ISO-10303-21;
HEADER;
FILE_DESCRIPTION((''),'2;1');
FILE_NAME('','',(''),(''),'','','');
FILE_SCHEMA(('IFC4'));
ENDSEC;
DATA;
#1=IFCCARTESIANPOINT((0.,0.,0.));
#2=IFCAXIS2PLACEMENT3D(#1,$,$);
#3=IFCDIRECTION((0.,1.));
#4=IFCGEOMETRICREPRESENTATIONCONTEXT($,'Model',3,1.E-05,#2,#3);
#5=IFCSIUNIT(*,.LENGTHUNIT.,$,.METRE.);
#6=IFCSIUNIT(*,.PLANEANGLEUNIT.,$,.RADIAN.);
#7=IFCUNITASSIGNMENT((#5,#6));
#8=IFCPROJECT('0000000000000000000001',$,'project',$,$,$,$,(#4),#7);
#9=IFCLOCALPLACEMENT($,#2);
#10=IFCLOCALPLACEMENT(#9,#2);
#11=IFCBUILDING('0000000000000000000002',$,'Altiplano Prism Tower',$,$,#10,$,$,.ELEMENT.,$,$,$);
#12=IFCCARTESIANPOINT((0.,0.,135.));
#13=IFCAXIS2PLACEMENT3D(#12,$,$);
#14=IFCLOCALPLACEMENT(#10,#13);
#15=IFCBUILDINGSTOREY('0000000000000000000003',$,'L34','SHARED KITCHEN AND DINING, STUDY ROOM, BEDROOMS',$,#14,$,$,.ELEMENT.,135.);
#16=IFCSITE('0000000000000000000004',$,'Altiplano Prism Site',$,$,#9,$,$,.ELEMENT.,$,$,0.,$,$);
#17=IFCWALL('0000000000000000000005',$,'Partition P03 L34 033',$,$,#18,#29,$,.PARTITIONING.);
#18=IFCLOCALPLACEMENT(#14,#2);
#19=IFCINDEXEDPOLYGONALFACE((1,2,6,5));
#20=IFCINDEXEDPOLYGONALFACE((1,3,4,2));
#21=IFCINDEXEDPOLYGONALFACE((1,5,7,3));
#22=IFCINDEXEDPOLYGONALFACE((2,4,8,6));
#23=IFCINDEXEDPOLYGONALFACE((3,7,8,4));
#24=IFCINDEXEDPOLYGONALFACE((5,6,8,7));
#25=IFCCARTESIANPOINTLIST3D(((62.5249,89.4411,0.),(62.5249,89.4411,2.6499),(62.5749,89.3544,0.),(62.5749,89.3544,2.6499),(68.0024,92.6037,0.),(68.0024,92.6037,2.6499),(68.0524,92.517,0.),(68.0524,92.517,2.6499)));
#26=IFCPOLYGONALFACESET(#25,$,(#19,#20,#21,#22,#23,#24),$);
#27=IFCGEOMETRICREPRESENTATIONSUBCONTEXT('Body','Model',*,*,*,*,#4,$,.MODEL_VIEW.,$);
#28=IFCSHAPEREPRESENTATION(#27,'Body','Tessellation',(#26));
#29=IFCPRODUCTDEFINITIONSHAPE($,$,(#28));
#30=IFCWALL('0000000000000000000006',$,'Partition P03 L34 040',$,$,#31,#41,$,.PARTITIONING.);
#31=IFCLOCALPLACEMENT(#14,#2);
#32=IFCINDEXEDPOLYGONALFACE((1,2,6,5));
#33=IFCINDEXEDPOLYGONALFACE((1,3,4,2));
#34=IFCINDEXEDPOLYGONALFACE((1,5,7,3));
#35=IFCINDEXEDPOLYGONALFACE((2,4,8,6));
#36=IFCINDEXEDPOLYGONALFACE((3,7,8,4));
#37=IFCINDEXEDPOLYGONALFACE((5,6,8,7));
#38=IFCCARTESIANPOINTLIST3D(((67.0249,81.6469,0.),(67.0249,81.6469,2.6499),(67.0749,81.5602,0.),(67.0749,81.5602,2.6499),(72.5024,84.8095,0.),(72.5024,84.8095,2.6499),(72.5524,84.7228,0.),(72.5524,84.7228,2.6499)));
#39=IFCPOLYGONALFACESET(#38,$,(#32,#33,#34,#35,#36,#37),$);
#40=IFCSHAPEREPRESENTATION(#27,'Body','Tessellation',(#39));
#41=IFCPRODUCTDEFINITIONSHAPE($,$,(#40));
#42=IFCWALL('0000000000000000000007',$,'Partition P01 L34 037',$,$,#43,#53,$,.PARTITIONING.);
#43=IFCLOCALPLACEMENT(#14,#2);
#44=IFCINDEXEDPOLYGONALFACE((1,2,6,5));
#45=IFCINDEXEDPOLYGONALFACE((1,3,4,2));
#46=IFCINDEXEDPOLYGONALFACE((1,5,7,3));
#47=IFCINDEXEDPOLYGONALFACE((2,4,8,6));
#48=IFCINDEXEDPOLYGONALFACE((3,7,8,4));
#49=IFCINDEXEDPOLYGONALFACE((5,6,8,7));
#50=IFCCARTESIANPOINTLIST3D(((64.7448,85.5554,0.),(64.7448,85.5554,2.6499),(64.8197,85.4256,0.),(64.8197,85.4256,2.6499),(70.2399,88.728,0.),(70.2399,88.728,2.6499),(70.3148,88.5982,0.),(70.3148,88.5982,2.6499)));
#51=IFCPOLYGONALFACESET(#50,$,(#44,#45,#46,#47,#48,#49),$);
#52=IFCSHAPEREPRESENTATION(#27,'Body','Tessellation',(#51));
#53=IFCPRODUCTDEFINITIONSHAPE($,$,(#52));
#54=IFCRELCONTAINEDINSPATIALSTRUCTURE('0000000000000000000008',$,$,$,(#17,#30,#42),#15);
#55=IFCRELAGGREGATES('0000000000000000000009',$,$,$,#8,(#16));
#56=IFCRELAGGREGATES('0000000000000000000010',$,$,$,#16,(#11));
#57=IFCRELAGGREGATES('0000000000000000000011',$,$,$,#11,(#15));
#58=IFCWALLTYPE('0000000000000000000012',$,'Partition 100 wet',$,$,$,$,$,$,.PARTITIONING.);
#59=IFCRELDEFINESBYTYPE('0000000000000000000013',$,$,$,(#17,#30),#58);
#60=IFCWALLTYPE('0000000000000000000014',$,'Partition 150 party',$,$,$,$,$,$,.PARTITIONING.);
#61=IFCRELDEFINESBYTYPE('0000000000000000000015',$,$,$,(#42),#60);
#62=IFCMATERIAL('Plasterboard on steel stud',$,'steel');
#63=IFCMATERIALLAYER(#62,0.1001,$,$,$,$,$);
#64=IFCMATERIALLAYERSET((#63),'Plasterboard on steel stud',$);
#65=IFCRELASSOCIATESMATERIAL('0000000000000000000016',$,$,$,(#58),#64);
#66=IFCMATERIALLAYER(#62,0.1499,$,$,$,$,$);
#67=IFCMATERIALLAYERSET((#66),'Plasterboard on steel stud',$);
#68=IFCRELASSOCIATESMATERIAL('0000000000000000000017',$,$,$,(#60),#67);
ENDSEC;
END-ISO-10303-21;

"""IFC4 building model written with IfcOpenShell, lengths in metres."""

from ifc_helpers import new_model, si_unit, direction, frame, frame_2d, origin, place, context, subcontext, project, spatial, rectangle, extrude, material, layer, layer_set, type_object, element, save


model = new_model("IFC4")

# Units and contexts
model_context = context("Model", 3, precision=1e-05, world=origin(), true_north=direction((0.0, 1.0)))
body_context = subcontext(model_context, "Body", "Model", "MODEL_VIEW")
ifc_project = project(units=[si_unit("LENGTHUNIT", "METRE"), si_unit("PLANEANGLEUNIT", "RADIAN")], contexts=[model_context])

# Site, building, storey
site_placement = place(None, origin())
site = spatial("IfcSite", under=ifc_project, at=site_placement, Name="Altiplano Prism Site", CompositionType="ELEMENT", RefElevation=0.0)
building_placement = place(site_placement, origin())
building = spatial("IfcBuilding", under=site, at=building_placement, Name="Altiplano Prism Tower", CompositionType="ELEMENT")
storey_placement = place(building_placement, frame((0.0, 0.0, 135.0)))
storey = spatial("IfcBuildingStorey", under=building, at=storey_placement, Name="L34", Description="SHARED KITCHEN AND DINING, STUDY ROOM, BEDROOMS", CompositionType="ELEMENT", Elevation=135.0)

# Walls
ifc_material_1 = material(Name="Plasterboard on steel stud", Category="steel")
ifc_layer_1 = layer(ifc_material_1, 0.1001)
ifc_layer_set_1 = layer_set([ifc_layer_1], Name="Plasterboard on steel stud")
wall_type_1 = type_object("IfcWallType", Name="Partition 100 wet", PredefinedType="PARTITIONING", material=ifc_layer_set_1)
for number, where, z_axis, x_axis, name in (
    (1, (62.5498, 89.3977, 0.0), (0.0, 0.0, 1.0), (0.866016, 0.500016, 0.0), "Partition P03 L34 033"),
    (2, (67.0498, 81.6035, 0.0), (0.0, 0.0, 1.0), (0.866016, 0.500016, 0.0), "Partition P03 L34 040"),
):
    element("IfcWall", number, at=place(storey_placement, frame(where, z_axis=z_axis, x_axis=x_axis)), inside=storey, type_object=wall_type_1, Name=name, PredefinedType="PARTITIONING", context=body_context, shape_type="SweptSolid", body=[
        extrude(rectangle(XDim=6.325, YDim=0.1001, at=frame_2d((3.1626, 0.0))), origin(), (0.0, 0.0, 1.0), 2.6499),
    ])
ifc_layer_2 = layer(ifc_material_1, 0.1499)
ifc_layer_set_2 = layer_set([ifc_layer_2], Name="Plasterboard on steel stud")
wall_type_2 = type_object("IfcWallType", Name="Partition 150 party", PredefinedType="PARTITIONING", material=ifc_layer_set_2)
wall_1_placement = place(storey_placement, frame((64.7822, 85.4905, 0.0), z_axis=(0.0, 0.0, 1.0), x_axis=(0.866025, 0.5, 0.0)))
element("IfcWall", 3, at=wall_1_placement, inside=storey, type_object=wall_type_2, Name="Partition P01 L34 037", PredefinedType="PARTITIONING", context=body_context, shape_type="SweptSolid", body=[
    extrude(rectangle(XDim=6.3452, YDim=0.1499, at=frame_2d((3.1726, 0.0))), origin(), (0.0, 0.0, 1.0), 2.6499),
])

save(model, "model.ifc")
